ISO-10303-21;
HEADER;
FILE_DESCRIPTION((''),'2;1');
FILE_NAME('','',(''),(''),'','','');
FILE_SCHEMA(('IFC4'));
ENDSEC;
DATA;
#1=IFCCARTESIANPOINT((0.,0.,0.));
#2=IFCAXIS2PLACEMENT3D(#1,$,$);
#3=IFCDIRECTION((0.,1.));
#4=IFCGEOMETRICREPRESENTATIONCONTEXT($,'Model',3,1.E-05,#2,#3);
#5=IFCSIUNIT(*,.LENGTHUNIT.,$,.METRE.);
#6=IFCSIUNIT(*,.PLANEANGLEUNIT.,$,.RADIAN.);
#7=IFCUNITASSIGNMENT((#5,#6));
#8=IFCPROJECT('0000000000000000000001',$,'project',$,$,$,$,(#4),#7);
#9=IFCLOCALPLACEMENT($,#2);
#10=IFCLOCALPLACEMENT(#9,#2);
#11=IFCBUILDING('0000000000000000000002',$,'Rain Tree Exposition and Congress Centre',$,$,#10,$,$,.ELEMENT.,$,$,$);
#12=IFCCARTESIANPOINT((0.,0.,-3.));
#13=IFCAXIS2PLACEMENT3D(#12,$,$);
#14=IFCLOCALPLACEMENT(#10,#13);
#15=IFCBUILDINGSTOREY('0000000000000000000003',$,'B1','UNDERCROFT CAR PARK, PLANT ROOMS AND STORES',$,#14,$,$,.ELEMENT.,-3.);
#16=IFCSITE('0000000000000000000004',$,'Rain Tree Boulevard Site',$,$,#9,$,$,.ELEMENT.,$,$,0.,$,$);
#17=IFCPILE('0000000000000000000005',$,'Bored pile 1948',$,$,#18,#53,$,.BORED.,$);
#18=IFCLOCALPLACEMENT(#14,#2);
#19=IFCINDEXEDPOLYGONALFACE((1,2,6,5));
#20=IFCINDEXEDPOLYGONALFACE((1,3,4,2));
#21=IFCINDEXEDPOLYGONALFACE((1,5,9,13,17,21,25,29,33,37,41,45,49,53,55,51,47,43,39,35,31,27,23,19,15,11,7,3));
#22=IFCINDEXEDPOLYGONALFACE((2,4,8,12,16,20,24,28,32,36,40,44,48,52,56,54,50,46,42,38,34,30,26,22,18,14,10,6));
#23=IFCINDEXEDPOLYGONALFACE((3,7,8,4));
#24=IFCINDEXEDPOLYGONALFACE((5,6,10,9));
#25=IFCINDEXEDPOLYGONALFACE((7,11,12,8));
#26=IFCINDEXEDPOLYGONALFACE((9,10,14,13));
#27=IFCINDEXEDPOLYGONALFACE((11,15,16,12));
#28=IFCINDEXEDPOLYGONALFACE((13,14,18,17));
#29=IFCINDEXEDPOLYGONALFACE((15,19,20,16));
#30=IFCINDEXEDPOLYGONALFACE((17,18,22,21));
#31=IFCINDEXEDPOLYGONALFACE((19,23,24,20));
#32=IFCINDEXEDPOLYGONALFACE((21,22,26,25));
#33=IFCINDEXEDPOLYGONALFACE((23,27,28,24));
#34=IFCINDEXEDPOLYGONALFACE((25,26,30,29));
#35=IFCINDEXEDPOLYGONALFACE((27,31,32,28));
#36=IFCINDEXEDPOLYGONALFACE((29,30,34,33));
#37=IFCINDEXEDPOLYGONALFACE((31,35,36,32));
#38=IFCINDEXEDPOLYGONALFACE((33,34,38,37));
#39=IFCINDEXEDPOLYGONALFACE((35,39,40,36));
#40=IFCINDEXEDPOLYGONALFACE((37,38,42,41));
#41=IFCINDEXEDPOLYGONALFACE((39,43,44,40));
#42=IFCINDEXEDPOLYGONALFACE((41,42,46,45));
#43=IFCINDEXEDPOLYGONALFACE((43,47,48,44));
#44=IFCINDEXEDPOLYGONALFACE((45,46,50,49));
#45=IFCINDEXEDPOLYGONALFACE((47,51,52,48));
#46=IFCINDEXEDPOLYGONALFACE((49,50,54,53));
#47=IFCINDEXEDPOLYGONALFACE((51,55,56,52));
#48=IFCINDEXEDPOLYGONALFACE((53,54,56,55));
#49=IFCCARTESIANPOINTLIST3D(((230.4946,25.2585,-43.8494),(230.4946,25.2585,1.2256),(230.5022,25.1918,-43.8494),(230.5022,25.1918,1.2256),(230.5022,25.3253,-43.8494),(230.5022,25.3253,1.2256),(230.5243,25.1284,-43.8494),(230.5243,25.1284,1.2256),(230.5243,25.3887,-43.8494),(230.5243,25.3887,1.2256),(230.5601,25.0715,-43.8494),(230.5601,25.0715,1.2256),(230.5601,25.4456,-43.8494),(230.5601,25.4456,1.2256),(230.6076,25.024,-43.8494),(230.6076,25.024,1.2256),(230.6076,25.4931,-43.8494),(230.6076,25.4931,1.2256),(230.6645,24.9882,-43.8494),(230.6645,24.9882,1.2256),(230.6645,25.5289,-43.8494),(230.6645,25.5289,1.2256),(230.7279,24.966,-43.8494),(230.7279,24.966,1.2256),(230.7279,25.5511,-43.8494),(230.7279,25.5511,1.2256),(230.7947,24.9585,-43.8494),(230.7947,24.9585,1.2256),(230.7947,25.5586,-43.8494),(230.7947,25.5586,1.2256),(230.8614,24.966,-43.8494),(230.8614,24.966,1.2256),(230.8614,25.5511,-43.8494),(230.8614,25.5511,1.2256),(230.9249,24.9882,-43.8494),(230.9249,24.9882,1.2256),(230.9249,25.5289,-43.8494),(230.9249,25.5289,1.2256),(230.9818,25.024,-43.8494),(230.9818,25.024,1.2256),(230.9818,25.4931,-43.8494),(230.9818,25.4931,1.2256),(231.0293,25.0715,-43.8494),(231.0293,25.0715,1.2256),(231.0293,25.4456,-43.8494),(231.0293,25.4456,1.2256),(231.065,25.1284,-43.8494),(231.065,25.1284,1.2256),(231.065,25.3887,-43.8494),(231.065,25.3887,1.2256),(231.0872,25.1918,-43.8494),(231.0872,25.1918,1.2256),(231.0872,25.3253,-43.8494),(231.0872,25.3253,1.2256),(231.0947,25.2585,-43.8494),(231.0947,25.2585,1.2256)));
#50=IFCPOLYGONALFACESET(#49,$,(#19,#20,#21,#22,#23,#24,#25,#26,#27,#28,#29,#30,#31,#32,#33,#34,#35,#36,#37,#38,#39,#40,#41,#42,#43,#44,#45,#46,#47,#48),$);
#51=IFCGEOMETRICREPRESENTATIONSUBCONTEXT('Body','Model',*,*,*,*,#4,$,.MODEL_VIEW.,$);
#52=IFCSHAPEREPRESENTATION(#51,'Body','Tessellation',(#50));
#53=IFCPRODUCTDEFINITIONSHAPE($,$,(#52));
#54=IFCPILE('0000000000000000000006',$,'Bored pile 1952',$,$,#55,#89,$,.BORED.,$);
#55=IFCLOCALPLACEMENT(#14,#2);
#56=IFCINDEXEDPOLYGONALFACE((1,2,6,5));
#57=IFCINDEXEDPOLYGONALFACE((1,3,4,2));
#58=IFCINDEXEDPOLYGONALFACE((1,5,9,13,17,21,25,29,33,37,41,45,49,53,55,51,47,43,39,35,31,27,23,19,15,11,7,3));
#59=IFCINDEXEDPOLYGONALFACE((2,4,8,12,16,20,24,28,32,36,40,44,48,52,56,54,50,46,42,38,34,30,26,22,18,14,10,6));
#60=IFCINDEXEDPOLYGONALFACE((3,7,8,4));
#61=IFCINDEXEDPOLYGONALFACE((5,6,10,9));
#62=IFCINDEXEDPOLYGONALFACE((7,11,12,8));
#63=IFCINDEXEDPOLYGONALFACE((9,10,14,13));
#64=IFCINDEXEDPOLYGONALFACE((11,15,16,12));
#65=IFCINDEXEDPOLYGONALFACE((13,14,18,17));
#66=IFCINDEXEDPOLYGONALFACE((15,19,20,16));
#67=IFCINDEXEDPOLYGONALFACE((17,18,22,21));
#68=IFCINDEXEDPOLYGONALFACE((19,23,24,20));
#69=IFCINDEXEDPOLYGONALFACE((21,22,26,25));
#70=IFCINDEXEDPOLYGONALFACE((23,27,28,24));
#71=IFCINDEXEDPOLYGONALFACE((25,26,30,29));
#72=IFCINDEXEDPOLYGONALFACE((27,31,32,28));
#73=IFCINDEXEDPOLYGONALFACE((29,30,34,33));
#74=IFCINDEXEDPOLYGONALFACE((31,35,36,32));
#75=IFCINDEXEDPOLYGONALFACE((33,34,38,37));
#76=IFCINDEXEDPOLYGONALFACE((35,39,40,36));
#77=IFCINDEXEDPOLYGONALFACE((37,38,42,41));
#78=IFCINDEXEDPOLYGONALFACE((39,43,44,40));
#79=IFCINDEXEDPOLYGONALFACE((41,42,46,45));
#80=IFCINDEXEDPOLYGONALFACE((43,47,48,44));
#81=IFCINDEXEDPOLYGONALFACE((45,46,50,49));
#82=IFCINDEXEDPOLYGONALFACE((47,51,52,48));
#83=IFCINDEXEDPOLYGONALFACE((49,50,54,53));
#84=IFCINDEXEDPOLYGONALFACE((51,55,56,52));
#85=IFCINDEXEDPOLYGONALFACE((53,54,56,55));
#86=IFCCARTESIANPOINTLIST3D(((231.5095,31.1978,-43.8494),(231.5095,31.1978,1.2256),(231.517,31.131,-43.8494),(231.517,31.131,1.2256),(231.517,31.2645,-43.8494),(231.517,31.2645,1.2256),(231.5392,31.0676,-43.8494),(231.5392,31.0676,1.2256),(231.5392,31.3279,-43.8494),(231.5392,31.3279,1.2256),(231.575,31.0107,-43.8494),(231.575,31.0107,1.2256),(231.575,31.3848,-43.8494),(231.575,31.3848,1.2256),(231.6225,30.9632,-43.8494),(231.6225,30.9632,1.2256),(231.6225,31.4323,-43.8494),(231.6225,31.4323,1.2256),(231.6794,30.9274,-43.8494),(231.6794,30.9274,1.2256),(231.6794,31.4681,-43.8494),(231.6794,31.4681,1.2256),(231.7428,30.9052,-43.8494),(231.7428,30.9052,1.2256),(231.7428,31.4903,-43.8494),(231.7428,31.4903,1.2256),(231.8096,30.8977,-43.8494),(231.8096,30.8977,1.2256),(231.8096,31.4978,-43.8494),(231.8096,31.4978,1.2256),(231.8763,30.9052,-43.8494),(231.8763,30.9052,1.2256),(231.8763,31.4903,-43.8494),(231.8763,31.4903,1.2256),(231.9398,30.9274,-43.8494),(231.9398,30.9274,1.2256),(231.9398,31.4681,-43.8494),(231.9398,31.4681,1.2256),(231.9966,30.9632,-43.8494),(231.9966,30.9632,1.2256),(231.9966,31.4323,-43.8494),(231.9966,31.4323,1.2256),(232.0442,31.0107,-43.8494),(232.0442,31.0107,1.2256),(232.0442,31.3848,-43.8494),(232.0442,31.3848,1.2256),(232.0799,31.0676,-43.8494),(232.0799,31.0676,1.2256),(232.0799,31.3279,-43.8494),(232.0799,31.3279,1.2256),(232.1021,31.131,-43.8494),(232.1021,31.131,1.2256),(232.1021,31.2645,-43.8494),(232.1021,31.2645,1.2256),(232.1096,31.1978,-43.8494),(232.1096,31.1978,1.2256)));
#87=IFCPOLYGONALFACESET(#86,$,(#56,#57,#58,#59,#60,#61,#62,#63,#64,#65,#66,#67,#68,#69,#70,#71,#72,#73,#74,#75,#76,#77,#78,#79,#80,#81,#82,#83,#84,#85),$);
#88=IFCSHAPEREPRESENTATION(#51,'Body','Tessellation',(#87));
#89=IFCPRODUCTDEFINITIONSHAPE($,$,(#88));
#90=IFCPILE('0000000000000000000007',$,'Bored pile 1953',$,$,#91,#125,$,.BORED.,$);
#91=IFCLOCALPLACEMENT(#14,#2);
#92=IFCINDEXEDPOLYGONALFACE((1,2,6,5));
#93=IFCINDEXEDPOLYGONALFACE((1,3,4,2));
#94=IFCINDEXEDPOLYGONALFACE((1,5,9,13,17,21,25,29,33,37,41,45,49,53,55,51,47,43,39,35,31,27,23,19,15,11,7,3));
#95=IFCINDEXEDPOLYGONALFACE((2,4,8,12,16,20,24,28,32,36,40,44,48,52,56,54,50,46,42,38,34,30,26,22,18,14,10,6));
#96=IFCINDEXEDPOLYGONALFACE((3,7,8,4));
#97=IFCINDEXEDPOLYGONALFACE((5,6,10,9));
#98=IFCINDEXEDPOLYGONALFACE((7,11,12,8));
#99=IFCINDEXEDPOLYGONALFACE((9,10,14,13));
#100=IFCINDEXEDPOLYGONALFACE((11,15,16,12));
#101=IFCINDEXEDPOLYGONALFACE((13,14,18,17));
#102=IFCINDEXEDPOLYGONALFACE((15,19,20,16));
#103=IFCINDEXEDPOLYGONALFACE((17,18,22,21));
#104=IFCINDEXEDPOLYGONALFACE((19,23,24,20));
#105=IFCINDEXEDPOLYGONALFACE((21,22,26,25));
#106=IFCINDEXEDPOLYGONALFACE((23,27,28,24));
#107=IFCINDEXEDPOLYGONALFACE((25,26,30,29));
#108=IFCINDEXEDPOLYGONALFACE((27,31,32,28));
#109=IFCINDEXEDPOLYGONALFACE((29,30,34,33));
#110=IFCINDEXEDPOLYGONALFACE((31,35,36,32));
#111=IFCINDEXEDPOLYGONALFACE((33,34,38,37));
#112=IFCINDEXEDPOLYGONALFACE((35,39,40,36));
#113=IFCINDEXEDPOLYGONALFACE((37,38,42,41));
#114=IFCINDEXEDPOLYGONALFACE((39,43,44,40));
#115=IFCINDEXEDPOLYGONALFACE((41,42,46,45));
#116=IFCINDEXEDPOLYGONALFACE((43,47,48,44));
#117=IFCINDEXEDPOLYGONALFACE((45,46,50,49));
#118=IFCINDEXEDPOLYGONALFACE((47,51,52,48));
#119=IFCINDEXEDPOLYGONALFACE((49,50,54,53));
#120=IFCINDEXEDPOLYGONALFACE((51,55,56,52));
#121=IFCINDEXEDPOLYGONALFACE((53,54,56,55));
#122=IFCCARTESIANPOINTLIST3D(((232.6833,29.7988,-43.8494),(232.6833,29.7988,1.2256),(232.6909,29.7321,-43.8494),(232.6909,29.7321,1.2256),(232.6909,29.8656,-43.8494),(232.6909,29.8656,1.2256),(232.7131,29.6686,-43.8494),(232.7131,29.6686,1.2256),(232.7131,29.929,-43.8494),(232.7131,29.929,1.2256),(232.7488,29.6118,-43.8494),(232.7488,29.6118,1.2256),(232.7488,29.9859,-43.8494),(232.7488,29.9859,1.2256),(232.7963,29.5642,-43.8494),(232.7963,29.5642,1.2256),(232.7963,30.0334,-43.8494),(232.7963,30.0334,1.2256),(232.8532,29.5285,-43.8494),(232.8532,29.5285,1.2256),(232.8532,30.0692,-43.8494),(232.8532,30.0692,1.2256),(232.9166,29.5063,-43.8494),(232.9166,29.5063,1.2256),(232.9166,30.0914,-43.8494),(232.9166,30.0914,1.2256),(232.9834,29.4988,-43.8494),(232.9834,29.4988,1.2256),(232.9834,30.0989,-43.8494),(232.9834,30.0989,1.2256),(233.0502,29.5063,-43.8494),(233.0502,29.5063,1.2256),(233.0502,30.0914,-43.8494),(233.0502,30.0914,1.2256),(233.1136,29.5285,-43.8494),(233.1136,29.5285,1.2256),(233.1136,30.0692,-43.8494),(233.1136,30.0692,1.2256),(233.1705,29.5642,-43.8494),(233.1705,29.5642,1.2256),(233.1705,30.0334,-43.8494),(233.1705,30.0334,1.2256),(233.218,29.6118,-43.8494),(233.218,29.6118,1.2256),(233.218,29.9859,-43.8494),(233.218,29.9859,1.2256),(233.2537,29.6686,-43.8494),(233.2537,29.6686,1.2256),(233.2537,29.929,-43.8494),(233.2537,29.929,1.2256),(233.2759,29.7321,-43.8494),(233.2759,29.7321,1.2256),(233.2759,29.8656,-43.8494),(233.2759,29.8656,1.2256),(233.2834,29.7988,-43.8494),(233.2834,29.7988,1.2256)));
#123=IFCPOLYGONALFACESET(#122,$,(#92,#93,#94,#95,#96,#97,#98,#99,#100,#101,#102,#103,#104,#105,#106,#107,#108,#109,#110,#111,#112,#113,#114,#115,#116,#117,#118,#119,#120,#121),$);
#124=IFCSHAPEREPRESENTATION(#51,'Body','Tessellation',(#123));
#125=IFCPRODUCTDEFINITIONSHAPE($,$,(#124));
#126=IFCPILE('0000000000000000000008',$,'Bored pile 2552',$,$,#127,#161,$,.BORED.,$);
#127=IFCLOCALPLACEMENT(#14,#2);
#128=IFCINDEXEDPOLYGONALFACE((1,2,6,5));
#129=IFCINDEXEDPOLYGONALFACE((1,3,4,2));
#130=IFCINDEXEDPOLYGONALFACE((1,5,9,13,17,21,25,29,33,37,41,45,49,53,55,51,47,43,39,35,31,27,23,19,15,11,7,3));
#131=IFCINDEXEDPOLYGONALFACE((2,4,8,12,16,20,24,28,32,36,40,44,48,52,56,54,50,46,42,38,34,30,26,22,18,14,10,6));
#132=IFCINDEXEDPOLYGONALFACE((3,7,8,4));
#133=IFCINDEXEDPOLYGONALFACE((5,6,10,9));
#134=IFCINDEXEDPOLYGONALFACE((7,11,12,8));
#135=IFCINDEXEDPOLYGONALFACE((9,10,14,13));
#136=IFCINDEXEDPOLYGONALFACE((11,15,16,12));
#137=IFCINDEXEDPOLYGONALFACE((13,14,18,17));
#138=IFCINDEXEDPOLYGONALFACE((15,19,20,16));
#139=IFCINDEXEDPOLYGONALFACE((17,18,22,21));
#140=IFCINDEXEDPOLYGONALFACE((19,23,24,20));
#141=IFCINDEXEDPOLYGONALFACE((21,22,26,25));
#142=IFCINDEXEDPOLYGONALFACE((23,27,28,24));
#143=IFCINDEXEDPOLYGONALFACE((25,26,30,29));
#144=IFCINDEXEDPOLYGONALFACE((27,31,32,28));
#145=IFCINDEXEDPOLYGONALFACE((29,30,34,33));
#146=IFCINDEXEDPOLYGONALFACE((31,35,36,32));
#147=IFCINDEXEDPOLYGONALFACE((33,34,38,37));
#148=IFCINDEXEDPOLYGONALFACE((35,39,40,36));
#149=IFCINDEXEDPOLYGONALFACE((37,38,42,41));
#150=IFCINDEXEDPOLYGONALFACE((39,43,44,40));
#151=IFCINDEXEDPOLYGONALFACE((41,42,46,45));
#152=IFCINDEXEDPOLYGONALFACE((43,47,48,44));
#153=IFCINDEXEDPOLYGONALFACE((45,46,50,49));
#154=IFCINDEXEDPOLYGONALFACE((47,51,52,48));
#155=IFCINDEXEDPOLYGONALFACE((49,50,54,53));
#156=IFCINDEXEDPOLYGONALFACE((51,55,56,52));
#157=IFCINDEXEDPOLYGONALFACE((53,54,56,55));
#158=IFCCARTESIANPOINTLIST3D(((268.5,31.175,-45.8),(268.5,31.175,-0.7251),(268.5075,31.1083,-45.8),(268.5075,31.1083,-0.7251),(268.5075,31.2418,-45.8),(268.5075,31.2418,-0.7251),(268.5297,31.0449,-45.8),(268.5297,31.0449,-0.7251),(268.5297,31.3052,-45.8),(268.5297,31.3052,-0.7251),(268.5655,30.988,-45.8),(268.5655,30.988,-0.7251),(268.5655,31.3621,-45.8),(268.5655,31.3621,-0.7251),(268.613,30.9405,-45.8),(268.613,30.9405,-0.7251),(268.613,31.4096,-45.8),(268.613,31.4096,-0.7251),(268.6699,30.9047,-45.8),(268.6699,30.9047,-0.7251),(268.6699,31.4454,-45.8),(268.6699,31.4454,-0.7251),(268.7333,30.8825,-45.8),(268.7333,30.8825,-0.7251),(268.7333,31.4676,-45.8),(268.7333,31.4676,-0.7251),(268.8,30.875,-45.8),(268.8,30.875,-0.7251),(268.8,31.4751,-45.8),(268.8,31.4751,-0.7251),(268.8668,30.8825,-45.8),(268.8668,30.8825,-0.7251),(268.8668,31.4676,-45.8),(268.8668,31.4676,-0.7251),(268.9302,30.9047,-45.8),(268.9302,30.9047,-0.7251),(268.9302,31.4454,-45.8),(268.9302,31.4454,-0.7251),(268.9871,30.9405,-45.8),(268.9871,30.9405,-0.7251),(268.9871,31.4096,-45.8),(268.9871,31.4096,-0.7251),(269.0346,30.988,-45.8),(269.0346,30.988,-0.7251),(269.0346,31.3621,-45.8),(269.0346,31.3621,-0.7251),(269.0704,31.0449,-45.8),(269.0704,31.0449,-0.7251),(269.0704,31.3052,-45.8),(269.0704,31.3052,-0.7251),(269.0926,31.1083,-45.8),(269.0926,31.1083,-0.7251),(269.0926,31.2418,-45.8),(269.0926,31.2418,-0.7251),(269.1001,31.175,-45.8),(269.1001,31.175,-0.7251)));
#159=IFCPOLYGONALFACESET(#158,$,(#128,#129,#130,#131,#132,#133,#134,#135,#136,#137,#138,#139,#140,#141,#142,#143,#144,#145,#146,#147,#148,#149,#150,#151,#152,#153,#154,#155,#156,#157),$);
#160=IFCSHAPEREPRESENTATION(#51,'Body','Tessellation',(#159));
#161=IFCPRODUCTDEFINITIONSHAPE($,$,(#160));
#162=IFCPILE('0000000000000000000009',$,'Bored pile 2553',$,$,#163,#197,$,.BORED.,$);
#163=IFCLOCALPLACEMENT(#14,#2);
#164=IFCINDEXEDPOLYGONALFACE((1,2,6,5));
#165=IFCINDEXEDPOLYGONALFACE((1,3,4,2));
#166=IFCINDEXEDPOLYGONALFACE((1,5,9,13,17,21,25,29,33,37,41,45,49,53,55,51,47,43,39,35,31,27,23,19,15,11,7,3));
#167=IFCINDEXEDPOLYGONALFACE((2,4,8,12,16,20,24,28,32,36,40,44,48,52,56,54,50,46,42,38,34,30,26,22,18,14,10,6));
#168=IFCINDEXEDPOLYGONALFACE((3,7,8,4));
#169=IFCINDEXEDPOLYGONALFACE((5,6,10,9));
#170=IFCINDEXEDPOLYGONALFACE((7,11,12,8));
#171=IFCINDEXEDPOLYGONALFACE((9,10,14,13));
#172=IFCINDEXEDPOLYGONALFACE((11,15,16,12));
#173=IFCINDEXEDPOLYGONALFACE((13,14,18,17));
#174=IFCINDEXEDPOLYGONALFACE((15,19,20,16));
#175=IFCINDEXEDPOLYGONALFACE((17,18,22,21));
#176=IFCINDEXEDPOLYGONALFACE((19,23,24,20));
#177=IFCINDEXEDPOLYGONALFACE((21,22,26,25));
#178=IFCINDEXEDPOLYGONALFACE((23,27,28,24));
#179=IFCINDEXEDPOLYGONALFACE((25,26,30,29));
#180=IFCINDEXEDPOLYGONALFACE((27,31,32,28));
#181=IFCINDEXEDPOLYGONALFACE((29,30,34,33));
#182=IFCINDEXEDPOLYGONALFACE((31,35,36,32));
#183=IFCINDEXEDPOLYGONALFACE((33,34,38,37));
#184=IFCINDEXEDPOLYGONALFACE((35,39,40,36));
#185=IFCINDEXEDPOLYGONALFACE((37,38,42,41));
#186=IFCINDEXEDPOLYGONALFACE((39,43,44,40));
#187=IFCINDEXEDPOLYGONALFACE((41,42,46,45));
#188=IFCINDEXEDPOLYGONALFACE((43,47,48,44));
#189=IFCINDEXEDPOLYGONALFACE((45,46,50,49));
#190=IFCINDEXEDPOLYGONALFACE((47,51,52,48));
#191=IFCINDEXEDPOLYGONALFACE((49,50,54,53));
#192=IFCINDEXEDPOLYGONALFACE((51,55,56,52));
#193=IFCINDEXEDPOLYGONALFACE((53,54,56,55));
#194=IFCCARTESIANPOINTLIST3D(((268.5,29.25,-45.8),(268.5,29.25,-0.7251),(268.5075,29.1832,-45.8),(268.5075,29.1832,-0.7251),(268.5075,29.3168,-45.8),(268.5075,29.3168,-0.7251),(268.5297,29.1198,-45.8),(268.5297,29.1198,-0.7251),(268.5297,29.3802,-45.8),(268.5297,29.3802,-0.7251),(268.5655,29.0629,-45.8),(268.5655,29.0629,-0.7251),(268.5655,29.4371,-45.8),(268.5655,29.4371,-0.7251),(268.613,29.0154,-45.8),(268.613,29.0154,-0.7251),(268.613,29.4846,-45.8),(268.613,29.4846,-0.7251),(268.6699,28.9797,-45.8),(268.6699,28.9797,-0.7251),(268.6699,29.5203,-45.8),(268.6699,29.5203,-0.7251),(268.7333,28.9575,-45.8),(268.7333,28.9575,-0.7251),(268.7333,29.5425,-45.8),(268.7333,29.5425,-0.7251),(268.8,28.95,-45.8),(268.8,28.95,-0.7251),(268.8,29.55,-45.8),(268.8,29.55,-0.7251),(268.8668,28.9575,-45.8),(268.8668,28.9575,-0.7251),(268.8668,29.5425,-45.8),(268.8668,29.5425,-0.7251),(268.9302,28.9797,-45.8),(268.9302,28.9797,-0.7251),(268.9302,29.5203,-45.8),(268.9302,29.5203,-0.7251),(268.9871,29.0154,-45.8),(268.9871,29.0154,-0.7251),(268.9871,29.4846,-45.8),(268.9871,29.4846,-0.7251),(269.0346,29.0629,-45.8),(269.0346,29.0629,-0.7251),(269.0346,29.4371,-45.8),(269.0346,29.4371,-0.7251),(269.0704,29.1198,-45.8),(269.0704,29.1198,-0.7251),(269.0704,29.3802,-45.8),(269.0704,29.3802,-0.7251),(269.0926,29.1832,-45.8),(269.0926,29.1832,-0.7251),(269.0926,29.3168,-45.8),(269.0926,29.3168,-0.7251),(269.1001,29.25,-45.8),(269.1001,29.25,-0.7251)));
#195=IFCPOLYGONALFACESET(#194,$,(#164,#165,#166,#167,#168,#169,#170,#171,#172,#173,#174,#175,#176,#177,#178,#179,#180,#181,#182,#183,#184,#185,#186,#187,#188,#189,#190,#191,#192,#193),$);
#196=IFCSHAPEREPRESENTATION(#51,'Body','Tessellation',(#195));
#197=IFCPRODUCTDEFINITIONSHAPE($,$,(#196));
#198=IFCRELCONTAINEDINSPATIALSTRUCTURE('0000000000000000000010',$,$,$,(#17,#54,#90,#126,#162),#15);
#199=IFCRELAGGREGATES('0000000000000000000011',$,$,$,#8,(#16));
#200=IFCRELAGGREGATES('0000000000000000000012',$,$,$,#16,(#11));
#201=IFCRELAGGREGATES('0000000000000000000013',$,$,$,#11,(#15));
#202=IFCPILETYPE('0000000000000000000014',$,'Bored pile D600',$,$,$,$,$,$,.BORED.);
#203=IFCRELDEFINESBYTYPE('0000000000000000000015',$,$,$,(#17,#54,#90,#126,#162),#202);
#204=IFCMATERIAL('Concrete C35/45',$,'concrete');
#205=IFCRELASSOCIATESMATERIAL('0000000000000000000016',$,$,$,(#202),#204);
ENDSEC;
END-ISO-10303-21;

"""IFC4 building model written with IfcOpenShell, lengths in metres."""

from ifc_helpers import new_model, si_unit, direction, frame, origin, origin_2d, place, context, subcontext, project, spatial, circle, extrude, material, material_profile, profile_set, type_object, element, save


model = new_model("IFC4")

# Units and contexts
model_context = context("Model", 3, precision=1e-05, world=origin(), true_north=direction((0.0, 1.0)))
body_context = subcontext(model_context, "Body", "Model", "MODEL_VIEW")
ifc_project = project(units=[si_unit("LENGTHUNIT", "METRE"), si_unit("PLANEANGLEUNIT", "RADIAN")], contexts=[model_context])

# Site, building, storey
site_placement = place(None, origin())
site = spatial("IfcSite", under=ifc_project, at=site_placement, Name="Rain Tree Boulevard Site", CompositionType="ELEMENT", RefElevation=0.0)
building_placement = place(site_placement, origin())
building = spatial("IfcBuilding", under=site, at=building_placement, Name="Rain Tree Exposition and Congress Centre", CompositionType="ELEMENT")
storey_placement = place(building_placement, frame((0.0, 0.0, -3.0)))
storey = spatial("IfcBuildingStorey", under=building, at=storey_placement, Name="B1", Description="UNDERCROFT CAR PARK, PLANT ROOMS AND STORES", CompositionType="ELEMENT", Elevation=-3.0)

# Piles
ifc_material_1 = material(Name="Concrete C35/45", Category="concrete")
ifc_material_profile = material_profile(ifc_material_1, circle(Radius=0.3, at=origin_2d()), Name="D600")
ifc_profile_set = profile_set([ifc_material_profile], Name="Concrete C35/45")
pile_type = type_object("IfcPileType", Name="Bored pile D600", PredefinedType="BORED", material=ifc_profile_set)
for number, where, z_axis, x_axis, name in (
    (1, (230.7947, 25.2585, 1.2256), (0.0, 0.0, -1.0), (1.0, 0.0, 0.0), "Bored pile 1948"),
    (2, (231.8096, 31.1978, 1.2256), (0.0, 0.0, -1.0), (1.0, 0.0, 0.0), "Bored pile 1952"),
    (3, (232.9834, 29.7988, 1.2256), (0.0, 0.0, -1.0), (1.0, 0.0, 0.0), "Bored pile 1953"),
    (4, (268.8, 31.175, -0.7251), (0.0, 0.0, -1.0), (1.0, 0.0, 0.0), "Bored pile 2552"),
    (5, (268.8, 29.25, -0.7251), (0.0, 0.0, -1.0), (1.0, 0.0, 0.0), "Bored pile 2553"),
):
    element("IfcPile", number, at=place(storey_placement, frame(where, z_axis=z_axis, x_axis=x_axis)), inside=storey, type_object=pile_type, Name=name, PredefinedType="BORED", context=body_context, shape_type="SweptSolid", body=[
        extrude(circle(Radius=0.3, at=origin_2d()), origin(), (0.0, 0.0, 1.0), 45.075),
    ])

save(model, "model.ifc")
